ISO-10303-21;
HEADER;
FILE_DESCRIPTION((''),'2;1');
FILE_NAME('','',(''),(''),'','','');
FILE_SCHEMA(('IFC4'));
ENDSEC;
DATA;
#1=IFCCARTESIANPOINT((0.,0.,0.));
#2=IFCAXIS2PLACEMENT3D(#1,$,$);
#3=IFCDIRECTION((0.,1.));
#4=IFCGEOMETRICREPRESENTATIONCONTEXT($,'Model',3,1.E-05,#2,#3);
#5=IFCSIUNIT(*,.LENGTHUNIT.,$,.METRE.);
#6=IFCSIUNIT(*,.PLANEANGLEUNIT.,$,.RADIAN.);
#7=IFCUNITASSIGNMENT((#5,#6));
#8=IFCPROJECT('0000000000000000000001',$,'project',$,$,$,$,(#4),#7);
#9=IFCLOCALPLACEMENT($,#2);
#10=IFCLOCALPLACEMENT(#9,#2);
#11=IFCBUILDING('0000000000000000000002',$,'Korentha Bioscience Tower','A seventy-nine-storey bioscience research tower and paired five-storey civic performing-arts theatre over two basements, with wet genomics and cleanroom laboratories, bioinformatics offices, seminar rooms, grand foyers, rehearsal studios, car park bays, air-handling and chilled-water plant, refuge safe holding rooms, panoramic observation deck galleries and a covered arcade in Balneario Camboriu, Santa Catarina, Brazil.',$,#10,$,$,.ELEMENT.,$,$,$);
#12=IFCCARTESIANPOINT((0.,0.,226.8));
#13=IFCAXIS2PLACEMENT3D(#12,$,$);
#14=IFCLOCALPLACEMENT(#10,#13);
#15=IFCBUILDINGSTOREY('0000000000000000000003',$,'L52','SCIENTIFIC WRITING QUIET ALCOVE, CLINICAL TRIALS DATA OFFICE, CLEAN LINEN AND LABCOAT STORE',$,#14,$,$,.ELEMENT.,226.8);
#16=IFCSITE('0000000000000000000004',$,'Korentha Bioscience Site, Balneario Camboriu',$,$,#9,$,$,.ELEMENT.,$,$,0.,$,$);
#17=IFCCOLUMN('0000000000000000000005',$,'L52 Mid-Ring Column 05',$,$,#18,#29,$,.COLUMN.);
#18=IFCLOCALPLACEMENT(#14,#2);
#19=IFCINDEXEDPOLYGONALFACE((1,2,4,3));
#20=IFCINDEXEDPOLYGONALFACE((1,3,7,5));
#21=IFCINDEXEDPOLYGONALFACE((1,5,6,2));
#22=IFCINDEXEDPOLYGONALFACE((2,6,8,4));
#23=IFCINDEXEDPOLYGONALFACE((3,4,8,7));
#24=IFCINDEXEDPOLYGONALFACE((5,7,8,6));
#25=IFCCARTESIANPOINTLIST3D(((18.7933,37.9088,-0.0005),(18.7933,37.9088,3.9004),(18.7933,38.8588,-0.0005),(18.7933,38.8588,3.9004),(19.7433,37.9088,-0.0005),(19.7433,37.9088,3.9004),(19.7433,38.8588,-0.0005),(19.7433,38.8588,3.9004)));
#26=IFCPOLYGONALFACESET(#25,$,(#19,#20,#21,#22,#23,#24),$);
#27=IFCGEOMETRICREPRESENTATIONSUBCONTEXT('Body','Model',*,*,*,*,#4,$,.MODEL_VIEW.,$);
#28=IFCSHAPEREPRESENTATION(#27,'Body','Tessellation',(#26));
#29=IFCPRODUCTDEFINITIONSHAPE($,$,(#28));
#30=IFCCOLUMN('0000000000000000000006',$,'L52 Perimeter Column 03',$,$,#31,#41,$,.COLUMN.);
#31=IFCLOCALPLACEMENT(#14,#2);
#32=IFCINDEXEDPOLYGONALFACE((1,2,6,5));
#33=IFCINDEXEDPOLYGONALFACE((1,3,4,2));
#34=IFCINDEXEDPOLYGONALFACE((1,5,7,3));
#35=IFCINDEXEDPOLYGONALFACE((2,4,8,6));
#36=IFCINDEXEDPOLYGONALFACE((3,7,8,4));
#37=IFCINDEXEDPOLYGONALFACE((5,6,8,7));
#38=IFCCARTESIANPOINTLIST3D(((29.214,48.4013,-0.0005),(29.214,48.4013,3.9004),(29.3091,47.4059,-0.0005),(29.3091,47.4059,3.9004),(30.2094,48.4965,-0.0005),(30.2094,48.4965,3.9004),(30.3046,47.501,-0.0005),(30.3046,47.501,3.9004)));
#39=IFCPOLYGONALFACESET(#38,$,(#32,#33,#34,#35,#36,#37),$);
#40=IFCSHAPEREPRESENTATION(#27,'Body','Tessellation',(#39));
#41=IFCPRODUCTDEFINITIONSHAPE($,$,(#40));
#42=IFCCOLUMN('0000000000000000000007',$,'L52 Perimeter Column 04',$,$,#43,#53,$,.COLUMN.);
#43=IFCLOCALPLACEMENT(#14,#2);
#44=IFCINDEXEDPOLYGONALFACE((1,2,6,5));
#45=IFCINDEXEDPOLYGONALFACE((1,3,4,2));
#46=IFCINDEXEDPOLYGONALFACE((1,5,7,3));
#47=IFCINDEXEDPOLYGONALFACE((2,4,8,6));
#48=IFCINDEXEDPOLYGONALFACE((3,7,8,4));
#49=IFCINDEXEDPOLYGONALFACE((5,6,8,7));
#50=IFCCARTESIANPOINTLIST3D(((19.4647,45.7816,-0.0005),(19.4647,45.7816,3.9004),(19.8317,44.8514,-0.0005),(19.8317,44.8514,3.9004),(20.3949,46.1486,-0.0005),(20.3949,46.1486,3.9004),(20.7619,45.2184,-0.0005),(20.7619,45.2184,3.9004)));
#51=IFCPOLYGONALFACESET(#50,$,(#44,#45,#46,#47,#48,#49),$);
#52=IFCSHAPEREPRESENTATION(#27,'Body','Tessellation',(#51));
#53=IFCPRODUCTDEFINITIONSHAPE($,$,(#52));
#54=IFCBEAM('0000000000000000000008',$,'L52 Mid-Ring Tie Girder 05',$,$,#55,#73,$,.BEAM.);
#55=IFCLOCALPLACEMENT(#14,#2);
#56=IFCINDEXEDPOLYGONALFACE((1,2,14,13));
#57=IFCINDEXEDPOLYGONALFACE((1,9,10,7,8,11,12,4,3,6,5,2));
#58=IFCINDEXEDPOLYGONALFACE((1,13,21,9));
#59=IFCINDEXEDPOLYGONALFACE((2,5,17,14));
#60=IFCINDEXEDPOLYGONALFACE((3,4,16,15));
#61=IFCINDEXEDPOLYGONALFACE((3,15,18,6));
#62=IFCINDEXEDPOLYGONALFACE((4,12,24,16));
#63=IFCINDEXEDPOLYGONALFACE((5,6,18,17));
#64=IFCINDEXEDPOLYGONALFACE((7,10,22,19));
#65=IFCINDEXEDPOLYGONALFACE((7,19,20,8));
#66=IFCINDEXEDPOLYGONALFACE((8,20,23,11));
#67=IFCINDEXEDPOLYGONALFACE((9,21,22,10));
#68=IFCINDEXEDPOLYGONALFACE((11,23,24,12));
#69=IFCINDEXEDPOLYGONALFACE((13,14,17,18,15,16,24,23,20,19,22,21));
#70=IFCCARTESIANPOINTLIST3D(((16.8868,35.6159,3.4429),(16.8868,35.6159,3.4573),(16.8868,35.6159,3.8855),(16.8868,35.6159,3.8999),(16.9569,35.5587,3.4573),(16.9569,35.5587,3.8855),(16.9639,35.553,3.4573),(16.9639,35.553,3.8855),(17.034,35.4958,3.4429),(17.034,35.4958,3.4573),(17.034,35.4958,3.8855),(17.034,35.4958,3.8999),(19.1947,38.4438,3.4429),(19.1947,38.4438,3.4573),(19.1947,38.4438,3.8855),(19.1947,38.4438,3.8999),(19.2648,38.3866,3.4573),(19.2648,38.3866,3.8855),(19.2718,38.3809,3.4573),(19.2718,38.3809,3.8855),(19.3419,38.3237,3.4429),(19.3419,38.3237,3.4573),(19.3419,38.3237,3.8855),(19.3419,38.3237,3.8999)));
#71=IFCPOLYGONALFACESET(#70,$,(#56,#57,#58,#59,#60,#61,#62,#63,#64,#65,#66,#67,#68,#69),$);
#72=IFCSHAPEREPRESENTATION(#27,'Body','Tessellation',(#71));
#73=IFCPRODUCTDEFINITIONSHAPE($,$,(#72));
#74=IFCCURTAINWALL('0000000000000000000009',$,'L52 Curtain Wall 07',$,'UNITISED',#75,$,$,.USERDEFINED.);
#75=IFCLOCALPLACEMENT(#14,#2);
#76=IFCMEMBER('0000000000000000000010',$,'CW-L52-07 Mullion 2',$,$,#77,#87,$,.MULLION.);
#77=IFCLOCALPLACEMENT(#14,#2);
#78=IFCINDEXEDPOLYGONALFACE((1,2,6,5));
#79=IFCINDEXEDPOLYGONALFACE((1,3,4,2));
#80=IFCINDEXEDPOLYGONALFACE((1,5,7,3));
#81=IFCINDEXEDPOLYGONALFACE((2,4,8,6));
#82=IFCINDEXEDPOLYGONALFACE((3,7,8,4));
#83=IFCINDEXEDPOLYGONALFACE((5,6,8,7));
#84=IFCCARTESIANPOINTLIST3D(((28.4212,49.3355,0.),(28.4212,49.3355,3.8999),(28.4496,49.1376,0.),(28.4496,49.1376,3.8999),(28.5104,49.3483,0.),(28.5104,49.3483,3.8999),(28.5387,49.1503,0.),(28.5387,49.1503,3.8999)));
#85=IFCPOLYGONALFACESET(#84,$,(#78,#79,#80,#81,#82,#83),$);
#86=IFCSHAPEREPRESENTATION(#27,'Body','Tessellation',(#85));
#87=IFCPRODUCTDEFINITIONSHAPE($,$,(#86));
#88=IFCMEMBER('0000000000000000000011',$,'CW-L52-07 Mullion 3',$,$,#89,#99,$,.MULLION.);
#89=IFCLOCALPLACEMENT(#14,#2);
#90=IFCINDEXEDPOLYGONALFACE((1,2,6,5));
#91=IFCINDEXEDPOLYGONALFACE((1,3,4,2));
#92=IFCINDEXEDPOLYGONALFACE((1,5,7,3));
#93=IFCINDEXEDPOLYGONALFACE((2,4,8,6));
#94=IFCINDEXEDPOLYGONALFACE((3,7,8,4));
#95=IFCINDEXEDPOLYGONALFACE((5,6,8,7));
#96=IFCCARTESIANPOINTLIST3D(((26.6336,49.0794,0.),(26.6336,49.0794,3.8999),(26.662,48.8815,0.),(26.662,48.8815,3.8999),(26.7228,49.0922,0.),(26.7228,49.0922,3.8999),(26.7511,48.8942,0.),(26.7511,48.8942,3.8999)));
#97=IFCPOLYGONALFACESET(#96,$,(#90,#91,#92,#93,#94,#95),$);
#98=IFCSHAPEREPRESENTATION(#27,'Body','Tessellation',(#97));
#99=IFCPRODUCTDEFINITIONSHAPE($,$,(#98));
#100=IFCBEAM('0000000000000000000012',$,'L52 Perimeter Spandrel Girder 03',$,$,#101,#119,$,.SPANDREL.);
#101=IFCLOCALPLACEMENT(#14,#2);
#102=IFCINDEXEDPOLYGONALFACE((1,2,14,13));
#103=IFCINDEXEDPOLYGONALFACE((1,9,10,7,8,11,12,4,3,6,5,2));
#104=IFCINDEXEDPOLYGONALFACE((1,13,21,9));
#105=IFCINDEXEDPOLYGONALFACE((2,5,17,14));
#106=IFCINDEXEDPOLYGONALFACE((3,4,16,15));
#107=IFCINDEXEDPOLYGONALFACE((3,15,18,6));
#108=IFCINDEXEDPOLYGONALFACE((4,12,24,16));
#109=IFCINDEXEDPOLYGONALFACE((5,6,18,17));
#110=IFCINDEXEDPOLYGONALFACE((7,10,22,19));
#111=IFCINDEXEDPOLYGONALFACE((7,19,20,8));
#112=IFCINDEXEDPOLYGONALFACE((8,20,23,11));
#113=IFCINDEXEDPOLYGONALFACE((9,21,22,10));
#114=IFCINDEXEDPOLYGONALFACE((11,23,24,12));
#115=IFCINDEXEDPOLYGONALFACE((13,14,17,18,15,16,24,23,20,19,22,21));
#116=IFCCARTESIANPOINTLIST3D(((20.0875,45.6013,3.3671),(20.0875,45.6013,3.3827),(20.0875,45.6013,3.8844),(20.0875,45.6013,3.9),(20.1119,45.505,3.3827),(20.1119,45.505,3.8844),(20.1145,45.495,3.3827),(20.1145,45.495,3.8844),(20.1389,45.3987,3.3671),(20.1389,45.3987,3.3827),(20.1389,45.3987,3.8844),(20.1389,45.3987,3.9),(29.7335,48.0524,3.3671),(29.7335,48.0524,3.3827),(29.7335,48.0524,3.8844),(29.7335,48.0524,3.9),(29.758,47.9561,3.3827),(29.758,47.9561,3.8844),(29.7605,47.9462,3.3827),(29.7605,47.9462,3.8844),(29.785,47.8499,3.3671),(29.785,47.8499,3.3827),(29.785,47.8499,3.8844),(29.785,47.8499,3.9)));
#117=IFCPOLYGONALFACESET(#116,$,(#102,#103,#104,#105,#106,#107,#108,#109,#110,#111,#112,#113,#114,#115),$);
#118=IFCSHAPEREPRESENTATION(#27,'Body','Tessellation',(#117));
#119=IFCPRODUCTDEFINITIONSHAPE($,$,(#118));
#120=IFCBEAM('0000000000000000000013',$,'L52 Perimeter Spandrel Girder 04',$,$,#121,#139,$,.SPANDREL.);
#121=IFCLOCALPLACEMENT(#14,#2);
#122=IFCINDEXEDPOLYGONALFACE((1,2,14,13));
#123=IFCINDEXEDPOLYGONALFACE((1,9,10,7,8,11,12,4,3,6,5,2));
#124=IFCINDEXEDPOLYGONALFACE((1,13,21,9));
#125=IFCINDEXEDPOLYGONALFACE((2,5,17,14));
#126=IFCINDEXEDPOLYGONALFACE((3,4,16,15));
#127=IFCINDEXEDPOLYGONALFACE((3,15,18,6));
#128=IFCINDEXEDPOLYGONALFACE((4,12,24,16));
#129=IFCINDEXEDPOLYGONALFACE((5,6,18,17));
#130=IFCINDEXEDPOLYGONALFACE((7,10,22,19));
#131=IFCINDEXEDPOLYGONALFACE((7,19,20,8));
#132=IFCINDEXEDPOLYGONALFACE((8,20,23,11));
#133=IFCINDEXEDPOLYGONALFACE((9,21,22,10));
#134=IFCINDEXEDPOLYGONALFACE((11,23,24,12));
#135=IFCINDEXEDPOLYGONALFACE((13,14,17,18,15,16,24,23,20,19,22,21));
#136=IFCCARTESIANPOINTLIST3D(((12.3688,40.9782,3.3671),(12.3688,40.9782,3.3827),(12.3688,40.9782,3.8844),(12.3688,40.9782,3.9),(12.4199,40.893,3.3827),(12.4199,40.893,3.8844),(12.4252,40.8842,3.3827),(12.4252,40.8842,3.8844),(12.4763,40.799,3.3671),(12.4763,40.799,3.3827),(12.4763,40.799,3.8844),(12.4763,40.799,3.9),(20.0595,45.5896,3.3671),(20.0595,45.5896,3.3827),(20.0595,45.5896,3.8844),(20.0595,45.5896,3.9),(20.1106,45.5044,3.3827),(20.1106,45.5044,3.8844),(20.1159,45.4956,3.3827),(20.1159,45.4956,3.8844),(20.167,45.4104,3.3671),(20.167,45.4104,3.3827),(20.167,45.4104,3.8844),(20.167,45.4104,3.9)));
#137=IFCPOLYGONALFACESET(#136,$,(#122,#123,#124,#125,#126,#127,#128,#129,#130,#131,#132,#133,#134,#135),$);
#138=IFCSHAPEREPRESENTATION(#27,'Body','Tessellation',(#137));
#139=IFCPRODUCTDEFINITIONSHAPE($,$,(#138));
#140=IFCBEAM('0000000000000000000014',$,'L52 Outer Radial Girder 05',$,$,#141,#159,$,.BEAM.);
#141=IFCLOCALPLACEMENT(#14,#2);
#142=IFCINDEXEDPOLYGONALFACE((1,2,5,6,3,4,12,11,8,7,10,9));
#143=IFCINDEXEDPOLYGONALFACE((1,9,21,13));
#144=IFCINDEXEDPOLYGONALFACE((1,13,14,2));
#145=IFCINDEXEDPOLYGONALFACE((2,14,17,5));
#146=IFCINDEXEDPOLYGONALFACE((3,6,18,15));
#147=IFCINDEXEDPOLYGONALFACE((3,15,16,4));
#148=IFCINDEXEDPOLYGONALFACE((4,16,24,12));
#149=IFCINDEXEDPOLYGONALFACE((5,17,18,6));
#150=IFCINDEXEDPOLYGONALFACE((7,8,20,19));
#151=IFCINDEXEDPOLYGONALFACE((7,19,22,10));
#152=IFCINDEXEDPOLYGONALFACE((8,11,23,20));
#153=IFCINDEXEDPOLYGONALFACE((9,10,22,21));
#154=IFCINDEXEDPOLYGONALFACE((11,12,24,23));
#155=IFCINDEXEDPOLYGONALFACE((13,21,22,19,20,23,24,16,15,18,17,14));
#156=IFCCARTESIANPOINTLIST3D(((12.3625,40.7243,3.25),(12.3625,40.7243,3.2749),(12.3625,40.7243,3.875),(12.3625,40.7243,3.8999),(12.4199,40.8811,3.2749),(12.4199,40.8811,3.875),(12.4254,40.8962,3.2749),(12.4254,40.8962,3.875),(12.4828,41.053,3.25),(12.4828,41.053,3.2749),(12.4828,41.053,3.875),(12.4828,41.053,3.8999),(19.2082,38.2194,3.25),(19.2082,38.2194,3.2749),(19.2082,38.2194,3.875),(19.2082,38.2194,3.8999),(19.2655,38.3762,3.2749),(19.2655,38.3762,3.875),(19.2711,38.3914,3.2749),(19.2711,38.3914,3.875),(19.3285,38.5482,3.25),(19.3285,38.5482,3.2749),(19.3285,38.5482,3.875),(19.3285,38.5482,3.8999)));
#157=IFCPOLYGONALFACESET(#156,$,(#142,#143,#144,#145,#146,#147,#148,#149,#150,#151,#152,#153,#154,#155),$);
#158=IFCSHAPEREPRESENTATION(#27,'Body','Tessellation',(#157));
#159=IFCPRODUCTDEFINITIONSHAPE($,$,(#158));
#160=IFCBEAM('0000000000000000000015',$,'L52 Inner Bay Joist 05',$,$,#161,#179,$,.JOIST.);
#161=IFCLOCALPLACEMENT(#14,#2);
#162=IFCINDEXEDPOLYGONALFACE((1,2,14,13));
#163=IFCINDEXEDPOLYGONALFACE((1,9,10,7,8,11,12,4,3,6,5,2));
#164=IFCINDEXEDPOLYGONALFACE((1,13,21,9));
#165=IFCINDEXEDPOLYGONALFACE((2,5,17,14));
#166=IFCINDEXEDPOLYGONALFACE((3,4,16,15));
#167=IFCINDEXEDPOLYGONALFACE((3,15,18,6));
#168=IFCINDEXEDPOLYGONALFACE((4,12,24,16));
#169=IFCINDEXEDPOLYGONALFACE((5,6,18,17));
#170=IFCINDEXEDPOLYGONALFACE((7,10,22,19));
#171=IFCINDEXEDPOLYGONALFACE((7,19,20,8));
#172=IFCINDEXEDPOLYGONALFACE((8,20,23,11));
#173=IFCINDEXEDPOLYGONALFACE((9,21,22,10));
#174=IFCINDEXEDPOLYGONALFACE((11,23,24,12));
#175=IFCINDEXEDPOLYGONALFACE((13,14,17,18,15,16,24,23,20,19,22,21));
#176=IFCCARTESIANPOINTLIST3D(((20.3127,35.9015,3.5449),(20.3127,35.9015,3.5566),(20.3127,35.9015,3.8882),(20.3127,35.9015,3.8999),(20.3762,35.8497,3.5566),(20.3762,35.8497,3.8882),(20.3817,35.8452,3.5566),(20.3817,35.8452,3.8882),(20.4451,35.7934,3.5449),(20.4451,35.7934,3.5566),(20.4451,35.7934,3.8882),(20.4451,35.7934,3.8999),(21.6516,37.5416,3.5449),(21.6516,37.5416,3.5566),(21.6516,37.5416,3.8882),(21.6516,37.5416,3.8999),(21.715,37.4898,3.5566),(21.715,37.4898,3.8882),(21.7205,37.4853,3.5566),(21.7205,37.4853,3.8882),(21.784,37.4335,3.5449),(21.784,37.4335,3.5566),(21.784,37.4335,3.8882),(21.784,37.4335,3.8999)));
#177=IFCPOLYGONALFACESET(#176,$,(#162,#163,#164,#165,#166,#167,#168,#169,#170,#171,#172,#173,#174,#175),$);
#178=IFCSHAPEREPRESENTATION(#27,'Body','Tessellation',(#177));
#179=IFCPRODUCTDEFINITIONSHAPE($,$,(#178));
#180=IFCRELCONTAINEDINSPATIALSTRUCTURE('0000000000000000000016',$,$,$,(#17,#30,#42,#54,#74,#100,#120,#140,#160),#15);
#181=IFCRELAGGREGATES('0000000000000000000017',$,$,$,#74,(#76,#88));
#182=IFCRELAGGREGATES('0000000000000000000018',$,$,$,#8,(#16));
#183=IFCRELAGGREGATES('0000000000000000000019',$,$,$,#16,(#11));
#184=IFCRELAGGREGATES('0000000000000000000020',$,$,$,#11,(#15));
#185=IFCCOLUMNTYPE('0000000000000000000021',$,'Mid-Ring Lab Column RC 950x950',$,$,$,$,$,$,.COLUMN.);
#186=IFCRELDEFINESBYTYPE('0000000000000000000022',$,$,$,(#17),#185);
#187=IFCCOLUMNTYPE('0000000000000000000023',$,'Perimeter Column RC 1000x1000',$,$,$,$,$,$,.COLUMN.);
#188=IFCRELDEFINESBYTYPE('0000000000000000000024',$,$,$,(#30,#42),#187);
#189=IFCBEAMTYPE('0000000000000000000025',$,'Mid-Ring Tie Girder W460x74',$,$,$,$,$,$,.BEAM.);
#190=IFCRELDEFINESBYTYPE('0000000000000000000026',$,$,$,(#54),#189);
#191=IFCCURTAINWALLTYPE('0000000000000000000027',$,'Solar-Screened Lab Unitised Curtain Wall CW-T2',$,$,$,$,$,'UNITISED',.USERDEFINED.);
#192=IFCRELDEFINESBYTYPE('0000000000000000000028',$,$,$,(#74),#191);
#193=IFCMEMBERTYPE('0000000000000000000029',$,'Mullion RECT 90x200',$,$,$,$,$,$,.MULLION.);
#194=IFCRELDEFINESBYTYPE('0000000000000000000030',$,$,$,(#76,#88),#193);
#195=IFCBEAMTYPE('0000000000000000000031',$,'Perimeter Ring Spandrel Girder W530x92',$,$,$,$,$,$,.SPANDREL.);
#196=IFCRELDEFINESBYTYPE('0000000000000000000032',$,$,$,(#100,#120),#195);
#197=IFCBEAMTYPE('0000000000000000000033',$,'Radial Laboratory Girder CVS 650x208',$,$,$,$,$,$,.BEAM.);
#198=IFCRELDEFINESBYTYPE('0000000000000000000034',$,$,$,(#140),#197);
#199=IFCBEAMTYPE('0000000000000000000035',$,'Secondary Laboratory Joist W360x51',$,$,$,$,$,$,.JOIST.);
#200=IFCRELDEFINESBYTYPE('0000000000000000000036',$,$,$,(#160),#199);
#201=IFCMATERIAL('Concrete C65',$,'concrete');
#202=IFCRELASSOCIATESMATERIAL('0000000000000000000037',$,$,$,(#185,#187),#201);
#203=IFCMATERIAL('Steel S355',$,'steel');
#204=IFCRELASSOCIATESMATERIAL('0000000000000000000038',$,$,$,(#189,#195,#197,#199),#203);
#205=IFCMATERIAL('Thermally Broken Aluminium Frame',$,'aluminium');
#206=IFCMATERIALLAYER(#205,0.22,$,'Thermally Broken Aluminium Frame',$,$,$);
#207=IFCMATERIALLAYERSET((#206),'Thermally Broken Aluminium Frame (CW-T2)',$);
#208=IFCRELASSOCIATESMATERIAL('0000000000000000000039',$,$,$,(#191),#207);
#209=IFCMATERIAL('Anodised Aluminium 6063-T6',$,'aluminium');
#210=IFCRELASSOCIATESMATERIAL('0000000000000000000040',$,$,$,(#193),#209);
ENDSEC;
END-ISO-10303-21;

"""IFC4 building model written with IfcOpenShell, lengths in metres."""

from ifc_helpers import new_model, si_unit, direction, frame, origin, origin_2d, place, context, subcontext, project, spatial, rectangle, i_section, extrude, material, layer, layer_set, material_profile, profile_set, type_object, element, aggregate, save


model = new_model("IFC4")

# Units and contexts
model_context = context("Model", 3, precision=1e-05, world=origin(), true_north=direction((0.0, 1.0)))
body_context = subcontext(model_context, "Body", "Model", "MODEL_VIEW")
ifc_project = project(units=[si_unit("LENGTHUNIT", "METRE"), si_unit("PLANEANGLEUNIT", "RADIAN")], contexts=[model_context])

# Site, building, storey
site_placement = place(None, origin())
site = spatial("IfcSite", under=ifc_project, at=site_placement, Name="Korentha Bioscience Site, Balneario Camboriu", CompositionType="ELEMENT", RefElevation=0.0)
building_placement = place(site_placement, origin())
building = spatial("IfcBuilding", under=site, at=building_placement, Name="Korentha Bioscience Tower", Description="A seventy-nine-storey bioscience research tower and paired five-storey civic performing-arts theatre over two basements, with wet genomics and cleanroom laboratories, bioinformatics offices, seminar rooms, grand foyers, rehearsal studios, car park bays, air-handling and chilled-water plant, refuge safe holding rooms, panoramic observation deck galleries and a covered arcade in Balneario Camboriu, Santa Catarina, Brazil.", CompositionType="ELEMENT")
storey_placement = place(building_placement, frame((0.0, 0.0, 226.8)))
storey = spatial("IfcBuildingStorey", under=building, at=storey_placement, Name="L52", Description="SCIENTIFIC WRITING QUIET ALCOVE, CLINICAL TRIALS DATA OFFICE, CLEAN LINEN AND LABCOAT STORE", CompositionType="ELEMENT", Elevation=226.8)

# Columns
ifc_material_1 = material(Name="Concrete C65", Category="concrete")
ifc_material_profile_1 = material_profile(ifc_material_1, rectangle(XDim=0.95, YDim=0.95, at=origin_2d()), Name="Concrete C65")
ifc_profile_set_1 = profile_set([ifc_material_profile_1], Name="Concrete C65 (COL-MR09)")
column_type_1 = type_object("IfcColumnType", Name="Mid-Ring Lab Column RC 950x950", PredefinedType="COLUMN", material=ifc_profile_set_1)
column_placement = place(storey_placement, frame((19.2683, 38.3838, -0.0005), z_axis=(0.0, 0.0, 1.0), x_axis=(1.0, 0.0, 0.0)))
element("IfcColumn", 1, at=column_placement, inside=storey, type_object=column_type_1, Name="L52 Mid-Ring Column 05", PredefinedType="COLUMN", context=body_context, shape_type="SweptSolid", body=[
    extrude(rectangle(XDim=0.95, YDim=0.95, at=origin_2d()), origin(), (0.0, 0.0, 1.0), 3.9009),
])
ifc_material_profile_2 = material_profile(ifc_material_1, rectangle(XDim=1.0, YDim=1.0, at=origin_2d()), Name="Concrete C65")
ifc_profile_set_2 = profile_set([ifc_material_profile_2], Name="Concrete C65 (COL-P10)")
column_type_2 = type_object("IfcColumnType", Name="Perimeter Column RC 1000x1000", PredefinedType="COLUMN", material=ifc_profile_set_2)
for number, where, z_axis, x_axis, name in (
    (2, (29.7593, 47.9512, -0.0005), (0.0, 0.0, 1.0), (0.995463, 0.095151, 0.0), "L52 Perimeter Column 03"),
    (3, (20.1133, 45.5, -0.0005), (0.0, 0.0, 1.0), (0.930226, 0.366988, 0.0), "L52 Perimeter Column 04"),
):
    element("IfcColumn", number, at=place(storey_placement, frame(where, z_axis=z_axis, x_axis=x_axis)), inside=storey, type_object=column_type_2, Name=name, PredefinedType="COLUMN", context=body_context, shape_type="SweptSolid", body=[
        extrude(rectangle(XDim=1.0, YDim=1.0, at=origin_2d()), origin(), (0.0, 0.0, 1.0), 3.9009),
    ])

# Beam
ifc_material_2 = material(Name="Steel S355", Category="steel")
ifc_material_profile_3 = material_profile(ifc_material_2, i_section(OverallWidth=0.1899, OverallDepth=0.457, WebThickness=0.009, FlangeThickness=0.0144, at=origin_2d()), Name="Steel S355")
ifc_profile_set_3 = profile_set([ifc_material_profile_3], Name="Steel S355 (MB-460)")
beam_type_1 = type_object("IfcBeamType", Name="Mid-Ring Tie Girder W460x74", PredefinedType="BEAM", material=ifc_profile_set_3)
beam_1_placement = place(storey_placement, frame((19.2683, 38.3838, 3.6714), z_axis=(-0.632276, -0.774743, 0.0), x_axis=(0.774743, -0.632276, 0.0)))
element("IfcBeam", 4, at=beam_1_placement, inside=storey, type_object=beam_type_1, Name="L52 Mid-Ring Tie Girder 05", PredefinedType="BEAM", context=body_context, shape_type="SweptSolid", body=[
    extrude(i_section(OverallWidth=0.1899, OverallDepth=0.457, WebThickness=0.009, FlangeThickness=0.0144, at=origin_2d()), origin(), (0.0, 0.0, 1.0), 3.6501),
])

# Curtain wall, members
ifc_material_3 = material(Name="Thermally Broken Aluminium Frame", Category="aluminium")
ifc_layer_1 = layer(ifc_material_3, 0.22, Name="Thermally Broken Aluminium Frame")
ifc_layer_set_1 = layer_set([ifc_layer_1], Name="Thermally Broken Aluminium Frame (CW-T2)")
curtain_wall_type = type_object("IfcCurtainWallType", Name="Solar-Screened Lab Unitised Curtain Wall CW-T2", ElementType="UNITISED", PredefinedType="USERDEFINED", material=ifc_layer_set_1)
curtain_wall_placement = place(storey_placement, origin())
curtain_wall = element("IfcCurtainWall", 5, at=curtain_wall_placement, inside=storey, type_object=curtain_wall_type, Name="L52 Curtain Wall 07", ObjectType="UNITISED", PredefinedType="USERDEFINED")
ifc_material_4 = material(Name="Anodised Aluminium 6063-T6", Category="aluminium")
ifc_material_profile_4 = material_profile(ifc_material_4, rectangle(XDim=0.0901, YDim=0.2, at=origin_2d()), Name="Anodised Aluminium 6063-T6")
ifc_profile_set_4 = profile_set([ifc_material_profile_4], Name="Anodised Aluminium 6063-T6 (CW-MUL)")
member_type_1 = type_object("IfcMemberType", Name="Mullion RECT 90x200", PredefinedType="MULLION", material=ifc_profile_set_4)
member_1_placement = place(storey_placement, frame((28.48, 49.2429, 0.0), z_axis=(0.0, 0.0, 1.0), x_axis=(-0.989902, -0.141754, 0.0)))
member_1 = element("IfcMember", 6, at=member_1_placement, type_object=member_type_1, Name="CW-L52-07 Mullion 2", PredefinedType="MULLION", context=body_context, shape_type="SweptSolid", body=[
    extrude(rectangle(XDim=0.0901, YDim=0.2, at=origin_2d()), origin(), (0.0, 0.0, 1.0), 3.8999),
])
member_2_placement = place(storey_placement, frame((26.6924, 48.9868, 0.0), z_axis=(0.0, 0.0, 1.0), x_axis=(-0.989902, -0.141754, 0.0)))
member_2 = element("IfcMember", 7, at=member_2_placement, type_object=member_type_1, Name="CW-L52-07 Mullion 3", PredefinedType="MULLION", context=body_context, shape_type="SweptSolid", body=[
    extrude(rectangle(XDim=0.0901, YDim=0.2, at=origin_2d()), origin(), (0.0, 0.0, 1.0), 3.8999),
])

# Beams
ifc_material_profile_5 = material_profile(ifc_material_2, i_section(OverallWidth=0.209, OverallDepth=0.533, WebThickness=0.0103, FlangeThickness=0.0156, at=origin_2d()), Name="Steel S355")
ifc_profile_set_5 = profile_set([ifc_material_profile_5], Name="Steel S355 (SB-530)")
beam_type_2 = type_object("IfcBeamType", Name="Perimeter Ring Spandrel Girder W530x92", PredefinedType="SPANDREL", material=ifc_profile_set_5)
beam_2_placement = place(storey_placement, frame((29.7593, 47.9512, 3.6335), z_axis=(-0.969197, -0.246286, 0.0), x_axis=(0.246286, -0.969197, 0.0)))
element("IfcBeam", 8, at=beam_2_placement, inside=storey, type_object=beam_type_2, Name="L52 Perimeter Spandrel Girder 03", PredefinedType="SPANDREL", context=body_context, shape_type="SweptSolid", body=[
    extrude(i_section(OverallWidth=0.209, OverallDepth=0.533, WebThickness=0.0103, FlangeThickness=0.0156, at=origin_2d()), origin(), (0.0, 0.0, 1.0), 9.9526),
])
beam_3_placement = place(storey_placement, frame((20.1133, 45.5, 3.6335), z_axis=(-0.857644, -0.514243, 0.0), x_axis=(0.514243, -0.857644, 0.0)))
element("IfcBeam", 9, at=beam_3_placement, inside=storey, type_object=beam_type_2, Name="L52 Perimeter Spandrel Girder 04", PredefinedType="SPANDREL", context=body_context, shape_type="SweptSolid", body=[
    extrude(i_section(OverallWidth=0.209, OverallDepth=0.533, WebThickness=0.0103, FlangeThickness=0.0156, at=origin_2d()), origin(), (0.0, 0.0, 1.0), 8.9673),
])
ifc_material_profile_6 = material_profile(ifc_material_2, i_section(OverallWidth=0.3501, OverallDepth=0.6499, WebThickness=0.0161, FlangeThickness=0.0249, at=origin_2d()), Name="Steel S355")
ifc_profile_set_6 = profile_set([ifc_material_profile_6], Name="Steel S355 (RB-650)")
beam_type_3 = type_object("IfcBeamType", Name="Radial Laboratory Girder CVS 650x208", PredefinedType="BEAM", material=ifc_profile_set_6)
beam_4_placement = place(storey_placement, frame((19.2683, 38.3838, 3.575), z_axis=(-0.939107, 0.343625, 0.0), x_axis=(-0.343625, -0.939107, 0.0)))
element("IfcBeam", 10, at=beam_4_placement, inside=storey, type_object=beam_type_3, Name="L52 Outer Radial Girder 05", PredefinedType="BEAM", context=body_context, shape_type="SweptSolid", body=[
    extrude(i_section(OverallWidth=0.3501, OverallDepth=0.6499, WebThickness=0.0161, FlangeThickness=0.0249, at=origin_2d()), origin(), (0.0, 0.0, 1.0), 7.2896),
])
ifc_material_profile_7 = material_profile(ifc_material_2, i_section(OverallWidth=0.1709, OverallDepth=0.355, WebThickness=0.0071, FlangeThickness=0.0117, at=origin_2d()), Name="Steel S355")
ifc_profile_set_7 = profile_set([ifc_material_profile_7], Name="Steel S355 (JB-360)")
beam_type_4 = type_object("IfcBeamType", Name="Secondary Laboratory Joist W360x51", PredefinedType="JOIST", material=ifc_profile_set_7)
beam_5_placement = place(storey_placement, frame((21.7178, 37.4875, 3.7224), z_axis=(-0.632371, -0.774666, 0.0), x_axis=(0.774666, -0.632371, 0.0)))
element("IfcBeam", 11, at=beam_5_placement, inside=storey, type_object=beam_type_4, Name="L52 Inner Bay Joist 05", PredefinedType="JOIST", context=body_context, shape_type="SweptSolid", body=[
    extrude(i_section(OverallWidth=0.1709, OverallDepth=0.355, WebThickness=0.0071, FlangeThickness=0.0117, at=origin_2d()), origin(), (0.0, 0.0, 1.0), 2.1172),
])

aggregate(curtain_wall, [member_1, member_2])

save(model, "model.ifc")
